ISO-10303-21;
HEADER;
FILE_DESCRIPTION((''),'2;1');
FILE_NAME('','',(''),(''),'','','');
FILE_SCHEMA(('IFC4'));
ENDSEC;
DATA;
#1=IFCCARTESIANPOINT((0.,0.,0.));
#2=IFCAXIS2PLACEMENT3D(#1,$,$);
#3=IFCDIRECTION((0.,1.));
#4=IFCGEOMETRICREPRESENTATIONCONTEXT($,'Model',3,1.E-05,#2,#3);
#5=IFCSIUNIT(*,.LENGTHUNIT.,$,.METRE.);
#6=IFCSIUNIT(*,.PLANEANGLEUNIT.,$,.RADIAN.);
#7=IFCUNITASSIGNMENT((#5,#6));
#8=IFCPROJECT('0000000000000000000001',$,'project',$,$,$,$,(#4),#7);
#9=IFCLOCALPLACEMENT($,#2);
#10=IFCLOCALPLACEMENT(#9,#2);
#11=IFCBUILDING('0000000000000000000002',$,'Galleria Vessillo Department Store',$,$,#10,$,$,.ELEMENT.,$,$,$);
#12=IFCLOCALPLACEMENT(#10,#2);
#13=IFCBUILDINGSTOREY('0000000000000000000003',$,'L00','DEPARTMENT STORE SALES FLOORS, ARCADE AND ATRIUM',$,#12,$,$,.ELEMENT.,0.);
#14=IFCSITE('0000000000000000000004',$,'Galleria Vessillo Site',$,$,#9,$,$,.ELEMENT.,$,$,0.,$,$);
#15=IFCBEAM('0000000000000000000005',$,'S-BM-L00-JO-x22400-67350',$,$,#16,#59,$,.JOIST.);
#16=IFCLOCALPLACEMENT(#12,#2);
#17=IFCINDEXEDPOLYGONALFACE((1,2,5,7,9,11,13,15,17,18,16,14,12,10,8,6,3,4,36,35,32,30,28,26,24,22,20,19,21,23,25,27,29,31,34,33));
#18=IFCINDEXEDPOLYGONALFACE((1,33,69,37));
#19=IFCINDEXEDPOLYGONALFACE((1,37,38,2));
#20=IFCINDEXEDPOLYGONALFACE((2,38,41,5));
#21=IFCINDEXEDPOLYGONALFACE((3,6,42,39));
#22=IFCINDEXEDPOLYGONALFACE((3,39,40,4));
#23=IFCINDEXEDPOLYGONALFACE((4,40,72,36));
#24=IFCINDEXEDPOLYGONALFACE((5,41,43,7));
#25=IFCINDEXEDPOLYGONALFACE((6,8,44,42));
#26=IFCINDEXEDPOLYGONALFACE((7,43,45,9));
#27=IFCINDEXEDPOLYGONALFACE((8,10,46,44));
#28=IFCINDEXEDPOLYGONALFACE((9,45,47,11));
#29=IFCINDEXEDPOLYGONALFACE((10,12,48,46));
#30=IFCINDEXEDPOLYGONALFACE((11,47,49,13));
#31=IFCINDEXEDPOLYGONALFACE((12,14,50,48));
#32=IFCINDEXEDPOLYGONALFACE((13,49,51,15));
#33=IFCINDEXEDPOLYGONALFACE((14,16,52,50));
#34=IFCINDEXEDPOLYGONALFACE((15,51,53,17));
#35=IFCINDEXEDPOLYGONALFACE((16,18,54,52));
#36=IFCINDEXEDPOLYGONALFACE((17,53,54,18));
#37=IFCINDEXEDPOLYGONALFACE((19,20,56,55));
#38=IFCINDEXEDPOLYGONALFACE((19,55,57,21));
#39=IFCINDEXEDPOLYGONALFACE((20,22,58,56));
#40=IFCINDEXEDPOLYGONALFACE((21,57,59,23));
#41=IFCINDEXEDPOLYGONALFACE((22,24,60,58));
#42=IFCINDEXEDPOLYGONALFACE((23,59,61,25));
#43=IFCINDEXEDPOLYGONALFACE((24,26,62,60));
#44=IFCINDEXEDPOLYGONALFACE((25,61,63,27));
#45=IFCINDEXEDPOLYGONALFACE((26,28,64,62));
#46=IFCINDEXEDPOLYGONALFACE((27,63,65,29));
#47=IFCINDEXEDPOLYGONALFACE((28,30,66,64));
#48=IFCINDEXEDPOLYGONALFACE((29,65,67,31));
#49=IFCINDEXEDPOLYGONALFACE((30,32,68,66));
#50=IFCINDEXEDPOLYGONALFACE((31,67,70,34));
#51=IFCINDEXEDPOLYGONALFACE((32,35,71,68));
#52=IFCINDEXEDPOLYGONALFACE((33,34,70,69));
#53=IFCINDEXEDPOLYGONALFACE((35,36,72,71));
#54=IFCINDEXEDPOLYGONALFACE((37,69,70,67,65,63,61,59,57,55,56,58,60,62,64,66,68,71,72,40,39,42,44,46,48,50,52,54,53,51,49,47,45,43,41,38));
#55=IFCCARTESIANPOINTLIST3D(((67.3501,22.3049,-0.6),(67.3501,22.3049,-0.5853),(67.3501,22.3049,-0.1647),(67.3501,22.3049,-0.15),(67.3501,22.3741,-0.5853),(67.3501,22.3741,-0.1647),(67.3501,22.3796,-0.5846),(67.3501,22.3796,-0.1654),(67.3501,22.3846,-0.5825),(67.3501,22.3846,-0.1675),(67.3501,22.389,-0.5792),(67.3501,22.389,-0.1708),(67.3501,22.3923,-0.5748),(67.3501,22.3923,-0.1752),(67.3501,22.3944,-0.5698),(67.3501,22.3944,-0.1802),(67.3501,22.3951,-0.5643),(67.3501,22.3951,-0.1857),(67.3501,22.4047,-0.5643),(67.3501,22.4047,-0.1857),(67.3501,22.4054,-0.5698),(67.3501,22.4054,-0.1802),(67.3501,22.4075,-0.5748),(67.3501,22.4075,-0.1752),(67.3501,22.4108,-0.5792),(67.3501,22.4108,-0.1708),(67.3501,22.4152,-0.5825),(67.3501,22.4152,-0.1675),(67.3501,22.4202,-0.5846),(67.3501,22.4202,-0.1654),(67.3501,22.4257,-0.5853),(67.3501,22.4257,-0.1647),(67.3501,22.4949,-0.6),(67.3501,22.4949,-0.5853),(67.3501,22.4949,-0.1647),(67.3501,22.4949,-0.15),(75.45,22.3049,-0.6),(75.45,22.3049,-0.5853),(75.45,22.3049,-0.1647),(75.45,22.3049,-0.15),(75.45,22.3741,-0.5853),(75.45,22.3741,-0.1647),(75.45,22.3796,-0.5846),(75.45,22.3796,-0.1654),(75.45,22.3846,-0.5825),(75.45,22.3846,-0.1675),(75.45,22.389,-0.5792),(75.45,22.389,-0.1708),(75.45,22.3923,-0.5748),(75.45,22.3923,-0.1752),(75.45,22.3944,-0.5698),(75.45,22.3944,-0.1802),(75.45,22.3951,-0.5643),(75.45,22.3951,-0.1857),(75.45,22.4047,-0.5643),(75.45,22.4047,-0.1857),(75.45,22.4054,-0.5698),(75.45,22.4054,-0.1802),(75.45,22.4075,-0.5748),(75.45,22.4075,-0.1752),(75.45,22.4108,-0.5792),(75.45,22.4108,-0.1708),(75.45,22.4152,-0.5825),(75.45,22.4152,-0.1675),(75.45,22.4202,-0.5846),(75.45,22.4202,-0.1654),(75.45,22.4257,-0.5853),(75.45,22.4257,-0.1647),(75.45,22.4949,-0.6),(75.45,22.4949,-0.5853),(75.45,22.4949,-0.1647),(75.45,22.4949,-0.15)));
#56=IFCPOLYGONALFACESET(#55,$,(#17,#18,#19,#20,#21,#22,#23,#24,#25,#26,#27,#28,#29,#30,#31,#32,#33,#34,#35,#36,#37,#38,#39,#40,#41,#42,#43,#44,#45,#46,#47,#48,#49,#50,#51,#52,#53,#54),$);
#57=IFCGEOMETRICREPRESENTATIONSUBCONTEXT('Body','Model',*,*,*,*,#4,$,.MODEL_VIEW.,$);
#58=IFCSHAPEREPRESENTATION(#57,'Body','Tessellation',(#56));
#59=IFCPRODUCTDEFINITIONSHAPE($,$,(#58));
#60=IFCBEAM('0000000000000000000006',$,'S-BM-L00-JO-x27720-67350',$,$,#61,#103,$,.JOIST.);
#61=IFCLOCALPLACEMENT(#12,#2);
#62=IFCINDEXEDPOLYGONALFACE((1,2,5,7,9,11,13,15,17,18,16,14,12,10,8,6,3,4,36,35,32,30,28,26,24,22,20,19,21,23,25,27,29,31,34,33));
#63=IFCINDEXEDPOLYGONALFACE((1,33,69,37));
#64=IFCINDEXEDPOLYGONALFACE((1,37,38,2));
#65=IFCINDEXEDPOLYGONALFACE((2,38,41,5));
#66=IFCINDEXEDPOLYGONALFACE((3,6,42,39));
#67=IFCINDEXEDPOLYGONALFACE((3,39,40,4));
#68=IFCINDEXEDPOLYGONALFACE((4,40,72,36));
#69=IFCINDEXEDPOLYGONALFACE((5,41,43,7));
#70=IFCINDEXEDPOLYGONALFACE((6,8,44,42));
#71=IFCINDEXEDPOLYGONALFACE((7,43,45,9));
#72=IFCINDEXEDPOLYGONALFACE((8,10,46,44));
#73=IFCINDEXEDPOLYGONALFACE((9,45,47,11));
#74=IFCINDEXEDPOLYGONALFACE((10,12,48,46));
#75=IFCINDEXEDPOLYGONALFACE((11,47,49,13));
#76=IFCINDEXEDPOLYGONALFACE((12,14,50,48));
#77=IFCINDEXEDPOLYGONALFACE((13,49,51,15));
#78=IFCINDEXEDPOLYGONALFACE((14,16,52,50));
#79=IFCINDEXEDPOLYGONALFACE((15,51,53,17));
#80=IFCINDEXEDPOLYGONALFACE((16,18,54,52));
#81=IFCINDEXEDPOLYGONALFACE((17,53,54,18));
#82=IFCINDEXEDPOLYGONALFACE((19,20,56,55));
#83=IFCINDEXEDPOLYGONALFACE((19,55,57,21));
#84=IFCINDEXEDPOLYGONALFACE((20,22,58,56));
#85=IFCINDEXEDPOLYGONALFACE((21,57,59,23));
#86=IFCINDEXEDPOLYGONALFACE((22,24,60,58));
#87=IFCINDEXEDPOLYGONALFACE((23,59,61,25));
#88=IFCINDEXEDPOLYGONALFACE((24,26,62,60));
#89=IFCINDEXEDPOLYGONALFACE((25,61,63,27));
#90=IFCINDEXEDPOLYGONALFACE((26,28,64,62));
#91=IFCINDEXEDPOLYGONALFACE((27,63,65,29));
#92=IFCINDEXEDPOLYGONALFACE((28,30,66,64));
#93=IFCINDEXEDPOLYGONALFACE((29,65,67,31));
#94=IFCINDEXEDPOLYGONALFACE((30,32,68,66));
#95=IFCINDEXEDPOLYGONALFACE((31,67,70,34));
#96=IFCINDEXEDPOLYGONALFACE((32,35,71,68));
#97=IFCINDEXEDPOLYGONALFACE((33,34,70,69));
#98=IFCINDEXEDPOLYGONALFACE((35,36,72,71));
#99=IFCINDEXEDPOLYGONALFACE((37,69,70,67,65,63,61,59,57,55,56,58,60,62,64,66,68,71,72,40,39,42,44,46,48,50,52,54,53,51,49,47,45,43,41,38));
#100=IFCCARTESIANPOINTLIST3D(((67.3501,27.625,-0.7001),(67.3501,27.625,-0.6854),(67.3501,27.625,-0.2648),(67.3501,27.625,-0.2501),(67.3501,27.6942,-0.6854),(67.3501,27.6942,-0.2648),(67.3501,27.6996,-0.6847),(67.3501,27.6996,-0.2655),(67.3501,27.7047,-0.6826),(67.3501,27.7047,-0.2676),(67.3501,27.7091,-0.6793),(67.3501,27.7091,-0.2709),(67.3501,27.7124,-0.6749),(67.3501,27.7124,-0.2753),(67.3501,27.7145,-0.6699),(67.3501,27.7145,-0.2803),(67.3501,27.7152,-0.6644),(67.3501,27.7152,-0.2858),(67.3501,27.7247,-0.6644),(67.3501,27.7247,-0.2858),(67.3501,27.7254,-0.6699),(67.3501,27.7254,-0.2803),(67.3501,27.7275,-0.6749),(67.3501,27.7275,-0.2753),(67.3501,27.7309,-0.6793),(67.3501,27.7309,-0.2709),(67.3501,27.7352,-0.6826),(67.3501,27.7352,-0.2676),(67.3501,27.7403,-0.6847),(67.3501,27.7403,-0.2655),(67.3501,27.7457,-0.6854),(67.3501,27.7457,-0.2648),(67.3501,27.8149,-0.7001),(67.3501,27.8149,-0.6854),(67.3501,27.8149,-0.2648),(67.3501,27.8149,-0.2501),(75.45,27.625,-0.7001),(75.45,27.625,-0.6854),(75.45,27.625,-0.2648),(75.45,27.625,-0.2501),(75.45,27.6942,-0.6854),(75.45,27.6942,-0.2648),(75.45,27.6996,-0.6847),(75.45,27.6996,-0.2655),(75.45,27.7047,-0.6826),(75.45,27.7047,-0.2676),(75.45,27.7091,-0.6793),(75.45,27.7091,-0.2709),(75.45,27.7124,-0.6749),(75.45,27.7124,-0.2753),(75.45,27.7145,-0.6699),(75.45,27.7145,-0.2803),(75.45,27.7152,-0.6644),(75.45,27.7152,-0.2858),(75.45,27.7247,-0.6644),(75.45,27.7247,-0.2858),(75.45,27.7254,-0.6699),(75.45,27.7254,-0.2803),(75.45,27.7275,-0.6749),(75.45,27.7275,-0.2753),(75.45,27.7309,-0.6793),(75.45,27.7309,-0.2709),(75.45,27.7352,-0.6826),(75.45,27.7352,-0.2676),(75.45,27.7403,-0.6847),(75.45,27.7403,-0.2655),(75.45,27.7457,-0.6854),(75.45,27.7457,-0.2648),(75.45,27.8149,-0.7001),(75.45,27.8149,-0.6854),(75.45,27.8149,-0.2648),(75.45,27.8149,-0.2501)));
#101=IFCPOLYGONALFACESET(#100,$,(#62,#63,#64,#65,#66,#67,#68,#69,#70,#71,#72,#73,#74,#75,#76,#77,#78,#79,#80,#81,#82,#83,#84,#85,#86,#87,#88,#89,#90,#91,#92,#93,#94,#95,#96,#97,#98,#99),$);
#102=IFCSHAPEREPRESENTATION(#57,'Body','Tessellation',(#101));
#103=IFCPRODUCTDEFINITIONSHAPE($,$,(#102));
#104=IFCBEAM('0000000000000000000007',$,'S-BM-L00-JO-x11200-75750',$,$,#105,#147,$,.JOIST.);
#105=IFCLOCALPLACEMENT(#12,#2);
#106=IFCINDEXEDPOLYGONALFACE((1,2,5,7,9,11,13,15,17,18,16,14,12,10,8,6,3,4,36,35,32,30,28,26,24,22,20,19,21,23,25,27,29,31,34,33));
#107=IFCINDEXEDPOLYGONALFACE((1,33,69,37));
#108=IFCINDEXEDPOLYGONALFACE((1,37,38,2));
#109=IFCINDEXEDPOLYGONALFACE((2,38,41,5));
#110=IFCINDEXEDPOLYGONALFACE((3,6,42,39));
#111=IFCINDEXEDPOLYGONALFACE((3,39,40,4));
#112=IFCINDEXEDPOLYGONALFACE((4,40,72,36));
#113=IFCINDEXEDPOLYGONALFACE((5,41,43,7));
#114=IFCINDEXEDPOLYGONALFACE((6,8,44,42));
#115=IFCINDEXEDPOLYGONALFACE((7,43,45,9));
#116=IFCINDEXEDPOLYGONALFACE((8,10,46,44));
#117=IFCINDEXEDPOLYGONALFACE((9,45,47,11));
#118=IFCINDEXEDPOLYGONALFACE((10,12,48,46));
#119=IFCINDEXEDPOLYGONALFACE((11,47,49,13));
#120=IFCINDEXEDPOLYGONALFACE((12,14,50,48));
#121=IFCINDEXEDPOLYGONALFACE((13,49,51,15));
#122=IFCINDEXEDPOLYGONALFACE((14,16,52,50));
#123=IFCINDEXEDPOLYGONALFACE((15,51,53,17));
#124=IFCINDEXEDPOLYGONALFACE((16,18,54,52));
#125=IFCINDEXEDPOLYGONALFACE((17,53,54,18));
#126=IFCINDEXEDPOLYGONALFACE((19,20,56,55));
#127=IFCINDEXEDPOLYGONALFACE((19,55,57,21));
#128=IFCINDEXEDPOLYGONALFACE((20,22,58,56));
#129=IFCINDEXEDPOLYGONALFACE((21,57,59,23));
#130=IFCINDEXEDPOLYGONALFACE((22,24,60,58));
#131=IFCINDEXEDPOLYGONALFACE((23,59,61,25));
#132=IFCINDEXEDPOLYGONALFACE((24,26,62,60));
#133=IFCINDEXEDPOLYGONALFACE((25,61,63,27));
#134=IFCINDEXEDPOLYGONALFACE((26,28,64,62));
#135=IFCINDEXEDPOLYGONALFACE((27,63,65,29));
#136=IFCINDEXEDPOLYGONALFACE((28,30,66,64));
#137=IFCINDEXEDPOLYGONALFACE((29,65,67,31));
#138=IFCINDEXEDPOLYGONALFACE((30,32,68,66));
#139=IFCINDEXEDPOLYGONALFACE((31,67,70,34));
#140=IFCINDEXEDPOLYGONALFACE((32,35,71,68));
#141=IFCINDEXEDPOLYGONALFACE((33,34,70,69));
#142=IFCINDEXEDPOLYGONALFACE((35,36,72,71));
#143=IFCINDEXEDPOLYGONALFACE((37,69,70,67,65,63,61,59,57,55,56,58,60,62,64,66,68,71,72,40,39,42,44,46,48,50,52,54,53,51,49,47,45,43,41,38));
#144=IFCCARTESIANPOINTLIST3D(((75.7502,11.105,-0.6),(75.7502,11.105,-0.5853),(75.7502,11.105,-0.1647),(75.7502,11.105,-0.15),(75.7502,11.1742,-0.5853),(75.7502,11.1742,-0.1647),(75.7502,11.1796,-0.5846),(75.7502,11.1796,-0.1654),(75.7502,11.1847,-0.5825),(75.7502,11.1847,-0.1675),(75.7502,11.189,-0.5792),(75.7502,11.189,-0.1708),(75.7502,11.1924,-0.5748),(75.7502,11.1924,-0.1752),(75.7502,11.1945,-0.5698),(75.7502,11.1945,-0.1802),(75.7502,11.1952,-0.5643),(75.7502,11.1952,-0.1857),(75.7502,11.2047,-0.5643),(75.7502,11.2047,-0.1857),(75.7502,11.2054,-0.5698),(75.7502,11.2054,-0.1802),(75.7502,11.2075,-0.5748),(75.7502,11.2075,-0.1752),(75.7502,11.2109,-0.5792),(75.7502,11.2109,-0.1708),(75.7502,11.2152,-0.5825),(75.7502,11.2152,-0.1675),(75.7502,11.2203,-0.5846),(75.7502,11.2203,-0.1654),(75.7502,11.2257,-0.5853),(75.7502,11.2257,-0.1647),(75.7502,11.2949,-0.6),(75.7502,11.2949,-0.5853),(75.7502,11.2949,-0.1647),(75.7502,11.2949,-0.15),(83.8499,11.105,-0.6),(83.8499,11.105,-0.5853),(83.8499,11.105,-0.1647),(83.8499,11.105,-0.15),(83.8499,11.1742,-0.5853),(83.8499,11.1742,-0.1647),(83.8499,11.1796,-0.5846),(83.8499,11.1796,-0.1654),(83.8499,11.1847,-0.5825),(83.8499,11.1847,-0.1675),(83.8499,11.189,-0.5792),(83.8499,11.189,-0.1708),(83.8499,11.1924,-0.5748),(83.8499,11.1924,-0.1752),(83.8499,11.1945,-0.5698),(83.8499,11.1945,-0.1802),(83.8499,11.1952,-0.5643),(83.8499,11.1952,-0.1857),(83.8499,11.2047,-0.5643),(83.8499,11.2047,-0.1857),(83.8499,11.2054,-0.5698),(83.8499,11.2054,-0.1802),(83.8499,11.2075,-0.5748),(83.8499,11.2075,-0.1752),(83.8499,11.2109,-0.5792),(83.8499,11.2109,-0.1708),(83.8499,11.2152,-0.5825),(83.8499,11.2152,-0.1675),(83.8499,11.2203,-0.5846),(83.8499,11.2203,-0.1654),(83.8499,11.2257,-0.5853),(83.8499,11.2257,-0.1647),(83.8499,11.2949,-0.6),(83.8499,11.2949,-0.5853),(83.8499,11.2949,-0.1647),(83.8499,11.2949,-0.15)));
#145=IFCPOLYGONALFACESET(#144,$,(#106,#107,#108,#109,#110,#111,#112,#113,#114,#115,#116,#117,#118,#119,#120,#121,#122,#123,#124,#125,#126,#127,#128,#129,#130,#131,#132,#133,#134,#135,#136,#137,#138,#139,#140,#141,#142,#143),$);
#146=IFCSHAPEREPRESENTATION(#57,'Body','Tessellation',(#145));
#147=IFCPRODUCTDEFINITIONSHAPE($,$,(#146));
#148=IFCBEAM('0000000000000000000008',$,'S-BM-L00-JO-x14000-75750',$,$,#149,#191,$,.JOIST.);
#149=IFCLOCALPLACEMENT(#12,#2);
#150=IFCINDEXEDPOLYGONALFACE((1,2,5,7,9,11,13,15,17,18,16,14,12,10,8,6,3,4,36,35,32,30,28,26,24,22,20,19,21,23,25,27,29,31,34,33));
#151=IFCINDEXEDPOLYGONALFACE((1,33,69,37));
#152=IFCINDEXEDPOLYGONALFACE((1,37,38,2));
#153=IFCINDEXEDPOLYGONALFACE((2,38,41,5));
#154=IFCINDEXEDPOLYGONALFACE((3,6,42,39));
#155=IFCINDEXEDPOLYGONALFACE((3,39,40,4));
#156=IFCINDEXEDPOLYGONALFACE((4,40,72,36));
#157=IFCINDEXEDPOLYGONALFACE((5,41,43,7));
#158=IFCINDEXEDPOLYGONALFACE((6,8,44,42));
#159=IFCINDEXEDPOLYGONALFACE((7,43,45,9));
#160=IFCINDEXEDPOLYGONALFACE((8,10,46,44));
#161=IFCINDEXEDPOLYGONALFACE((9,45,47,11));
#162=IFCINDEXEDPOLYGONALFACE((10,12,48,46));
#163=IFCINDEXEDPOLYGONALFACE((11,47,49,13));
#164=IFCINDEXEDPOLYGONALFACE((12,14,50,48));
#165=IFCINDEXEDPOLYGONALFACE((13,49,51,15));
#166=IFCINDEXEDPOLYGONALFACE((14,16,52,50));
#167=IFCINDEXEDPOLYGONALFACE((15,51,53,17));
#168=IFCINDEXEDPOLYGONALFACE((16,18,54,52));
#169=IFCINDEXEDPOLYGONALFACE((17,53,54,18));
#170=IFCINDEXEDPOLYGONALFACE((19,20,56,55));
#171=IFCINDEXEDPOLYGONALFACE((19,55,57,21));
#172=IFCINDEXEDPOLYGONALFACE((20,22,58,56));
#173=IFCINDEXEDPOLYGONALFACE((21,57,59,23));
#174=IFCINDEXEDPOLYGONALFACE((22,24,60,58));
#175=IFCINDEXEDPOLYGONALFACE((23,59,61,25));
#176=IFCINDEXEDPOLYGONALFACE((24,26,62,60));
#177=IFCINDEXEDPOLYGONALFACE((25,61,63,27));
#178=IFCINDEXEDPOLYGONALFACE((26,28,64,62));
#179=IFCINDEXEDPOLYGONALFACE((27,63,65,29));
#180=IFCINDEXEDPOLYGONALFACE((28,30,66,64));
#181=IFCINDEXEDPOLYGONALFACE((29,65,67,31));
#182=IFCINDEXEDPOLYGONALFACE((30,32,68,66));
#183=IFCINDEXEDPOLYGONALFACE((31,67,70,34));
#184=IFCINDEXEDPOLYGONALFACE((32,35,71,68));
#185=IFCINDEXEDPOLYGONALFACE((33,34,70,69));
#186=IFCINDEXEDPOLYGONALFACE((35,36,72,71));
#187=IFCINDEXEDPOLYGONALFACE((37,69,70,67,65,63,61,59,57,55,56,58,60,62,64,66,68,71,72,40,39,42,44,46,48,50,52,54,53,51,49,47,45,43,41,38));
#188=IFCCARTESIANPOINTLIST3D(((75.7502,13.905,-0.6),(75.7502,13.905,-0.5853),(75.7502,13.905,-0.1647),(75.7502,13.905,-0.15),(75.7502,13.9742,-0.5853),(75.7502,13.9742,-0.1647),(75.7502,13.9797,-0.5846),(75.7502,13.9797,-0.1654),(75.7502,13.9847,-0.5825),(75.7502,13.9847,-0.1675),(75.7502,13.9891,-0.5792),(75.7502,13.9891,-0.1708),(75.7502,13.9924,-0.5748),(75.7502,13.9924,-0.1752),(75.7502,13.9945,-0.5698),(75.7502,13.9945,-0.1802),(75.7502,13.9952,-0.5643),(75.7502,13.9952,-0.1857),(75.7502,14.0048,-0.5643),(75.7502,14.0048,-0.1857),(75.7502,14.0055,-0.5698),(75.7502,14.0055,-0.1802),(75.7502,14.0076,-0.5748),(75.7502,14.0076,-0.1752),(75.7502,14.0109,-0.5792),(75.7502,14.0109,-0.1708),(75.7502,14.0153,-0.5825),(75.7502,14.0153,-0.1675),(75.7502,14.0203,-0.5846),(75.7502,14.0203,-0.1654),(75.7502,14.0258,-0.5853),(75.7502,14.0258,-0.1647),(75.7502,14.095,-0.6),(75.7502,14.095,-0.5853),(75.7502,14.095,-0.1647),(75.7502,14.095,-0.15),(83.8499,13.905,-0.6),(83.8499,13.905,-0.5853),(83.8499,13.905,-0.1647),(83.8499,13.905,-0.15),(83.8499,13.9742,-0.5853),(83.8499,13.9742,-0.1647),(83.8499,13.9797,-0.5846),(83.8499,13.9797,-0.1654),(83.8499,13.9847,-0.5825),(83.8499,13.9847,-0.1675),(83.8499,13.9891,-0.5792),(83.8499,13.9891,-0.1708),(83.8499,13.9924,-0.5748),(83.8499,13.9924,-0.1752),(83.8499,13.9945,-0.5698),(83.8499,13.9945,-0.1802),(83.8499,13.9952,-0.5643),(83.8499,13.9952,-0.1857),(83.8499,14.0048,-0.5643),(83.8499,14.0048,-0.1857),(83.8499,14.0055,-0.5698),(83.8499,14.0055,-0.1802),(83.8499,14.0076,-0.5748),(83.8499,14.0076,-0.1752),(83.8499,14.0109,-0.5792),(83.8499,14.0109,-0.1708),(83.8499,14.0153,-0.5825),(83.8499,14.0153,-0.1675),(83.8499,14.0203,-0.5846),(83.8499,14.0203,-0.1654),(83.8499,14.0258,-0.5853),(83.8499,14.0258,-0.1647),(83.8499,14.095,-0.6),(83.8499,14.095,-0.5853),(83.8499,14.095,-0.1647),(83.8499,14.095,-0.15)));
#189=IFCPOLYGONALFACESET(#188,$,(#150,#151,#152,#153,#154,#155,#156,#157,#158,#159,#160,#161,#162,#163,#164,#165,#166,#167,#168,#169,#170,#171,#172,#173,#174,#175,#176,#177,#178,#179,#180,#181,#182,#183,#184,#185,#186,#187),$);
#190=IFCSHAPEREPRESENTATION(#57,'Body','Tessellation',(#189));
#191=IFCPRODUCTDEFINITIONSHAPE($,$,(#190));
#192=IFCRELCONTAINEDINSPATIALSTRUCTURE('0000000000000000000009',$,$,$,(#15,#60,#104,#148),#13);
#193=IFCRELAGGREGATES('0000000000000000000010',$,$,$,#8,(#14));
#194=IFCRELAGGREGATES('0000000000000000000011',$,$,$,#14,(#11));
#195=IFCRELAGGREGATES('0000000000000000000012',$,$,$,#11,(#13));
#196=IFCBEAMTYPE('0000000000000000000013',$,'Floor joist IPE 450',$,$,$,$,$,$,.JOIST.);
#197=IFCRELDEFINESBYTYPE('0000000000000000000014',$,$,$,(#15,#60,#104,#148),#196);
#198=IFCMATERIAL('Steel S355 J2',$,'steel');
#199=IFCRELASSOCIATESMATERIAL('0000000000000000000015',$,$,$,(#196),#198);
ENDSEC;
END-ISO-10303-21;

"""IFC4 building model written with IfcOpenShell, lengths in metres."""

from ifc_helpers import new_model, si_unit, direction, frame, origin, origin_2d, place, context, subcontext, project, spatial, i_section, extrude, material, material_profile, profile_set, type_object, element, save


model = new_model("IFC4")

# Units and contexts
model_context = context("Model", 3, precision=1e-05, world=origin(), true_north=direction((0.0, 1.0)))
body_context = subcontext(model_context, "Body", "Model", "MODEL_VIEW")
ifc_project = project(units=[si_unit("LENGTHUNIT", "METRE"), si_unit("PLANEANGLEUNIT", "RADIAN")], contexts=[model_context])

# Site, building, storey
site_placement = place(None, origin())
site = spatial("IfcSite", under=ifc_project, at=site_placement, Name="Galleria Vessillo Site", CompositionType="ELEMENT", RefElevation=0.0)
building_placement = place(site_placement, origin())
building = spatial("IfcBuilding", under=site, at=building_placement, Name="Galleria Vessillo Department Store", CompositionType="ELEMENT")
storey_placement = place(building_placement, origin())
storey = spatial("IfcBuildingStorey", under=building, at=storey_placement, Name="L00", Description="DEPARTMENT STORE SALES FLOORS, ARCADE AND ATRIUM", CompositionType="ELEMENT", Elevation=0.0)

# Beams
ifc_material_1 = material(Name="Steel S355 J2", Category="steel")
ifc_material_profile_1 = material_profile(ifc_material_1, i_section(OverallWidth=0.1899, OverallDepth=0.45, WebThickness=0.0095, FlangeThickness=0.0146, FilletRadius=0.021, at=origin_2d()), Name="IPE 450")
ifc_profile_set_1 = profile_set([ifc_material_profile_1], Name="Steel S355 J2")
beam_type_1 = type_object("IfcBeamType", Name="Floor joist IPE 450", PredefinedType="JOIST", material=ifc_profile_set_1)
for number, where, z_axis, x_axis, name in (
    (1, (67.3501, 22.3999, -0.375), (1.0, 0.0, 0.0), (0.0, 1.0, 0.0), "S-BM-L00-JO-x22400-67350"),
    (2, (67.3501, 27.72, -0.4751), (1.0, 0.0, 0.0), (0.0, 1.0, 0.0), "S-BM-L00-JO-x27720-67350"),
):
    element("IfcBeam", number, at=place(storey_placement, frame(where, z_axis=z_axis, x_axis=x_axis)), inside=storey, type_object=beam_type_1, Name=name, PredefinedType="JOIST", context=body_context, shape_type="SweptSolid", body=[
        extrude(i_section(OverallWidth=0.1899, OverallDepth=0.45, WebThickness=0.0095, FlangeThickness=0.0146, FilletRadius=0.021, at=origin_2d()), origin(), (0.0, 0.0, 1.0), 8.0999),
    ])
for number, where, z_axis, x_axis, name in (
    (3, (75.7502, 11.2, -0.375), (1.0, 0.0, 0.0), (0.0, 1.0, 0.0), "S-BM-L00-JO-x11200-75750"),
    (4, (75.7502, 14.0, -0.375), (1.0, 0.0, 0.0), (0.0, 1.0, 0.0), "S-BM-L00-JO-x14000-75750"),
):
    element("IfcBeam", number, at=place(storey_placement, frame(where, z_axis=z_axis, x_axis=x_axis)), inside=storey, type_object=beam_type_1, Name=name, PredefinedType="JOIST", context=body_context, shape_type="SweptSolid", body=[
        extrude(i_section(OverallWidth=0.1899, OverallDepth=0.45, WebThickness=0.0095, FlangeThickness=0.0146, FilletRadius=0.021, at=origin_2d()), origin(), (0.0, 0.0, 1.0), 8.0996),
    ])

save(model, "model.ifc")
